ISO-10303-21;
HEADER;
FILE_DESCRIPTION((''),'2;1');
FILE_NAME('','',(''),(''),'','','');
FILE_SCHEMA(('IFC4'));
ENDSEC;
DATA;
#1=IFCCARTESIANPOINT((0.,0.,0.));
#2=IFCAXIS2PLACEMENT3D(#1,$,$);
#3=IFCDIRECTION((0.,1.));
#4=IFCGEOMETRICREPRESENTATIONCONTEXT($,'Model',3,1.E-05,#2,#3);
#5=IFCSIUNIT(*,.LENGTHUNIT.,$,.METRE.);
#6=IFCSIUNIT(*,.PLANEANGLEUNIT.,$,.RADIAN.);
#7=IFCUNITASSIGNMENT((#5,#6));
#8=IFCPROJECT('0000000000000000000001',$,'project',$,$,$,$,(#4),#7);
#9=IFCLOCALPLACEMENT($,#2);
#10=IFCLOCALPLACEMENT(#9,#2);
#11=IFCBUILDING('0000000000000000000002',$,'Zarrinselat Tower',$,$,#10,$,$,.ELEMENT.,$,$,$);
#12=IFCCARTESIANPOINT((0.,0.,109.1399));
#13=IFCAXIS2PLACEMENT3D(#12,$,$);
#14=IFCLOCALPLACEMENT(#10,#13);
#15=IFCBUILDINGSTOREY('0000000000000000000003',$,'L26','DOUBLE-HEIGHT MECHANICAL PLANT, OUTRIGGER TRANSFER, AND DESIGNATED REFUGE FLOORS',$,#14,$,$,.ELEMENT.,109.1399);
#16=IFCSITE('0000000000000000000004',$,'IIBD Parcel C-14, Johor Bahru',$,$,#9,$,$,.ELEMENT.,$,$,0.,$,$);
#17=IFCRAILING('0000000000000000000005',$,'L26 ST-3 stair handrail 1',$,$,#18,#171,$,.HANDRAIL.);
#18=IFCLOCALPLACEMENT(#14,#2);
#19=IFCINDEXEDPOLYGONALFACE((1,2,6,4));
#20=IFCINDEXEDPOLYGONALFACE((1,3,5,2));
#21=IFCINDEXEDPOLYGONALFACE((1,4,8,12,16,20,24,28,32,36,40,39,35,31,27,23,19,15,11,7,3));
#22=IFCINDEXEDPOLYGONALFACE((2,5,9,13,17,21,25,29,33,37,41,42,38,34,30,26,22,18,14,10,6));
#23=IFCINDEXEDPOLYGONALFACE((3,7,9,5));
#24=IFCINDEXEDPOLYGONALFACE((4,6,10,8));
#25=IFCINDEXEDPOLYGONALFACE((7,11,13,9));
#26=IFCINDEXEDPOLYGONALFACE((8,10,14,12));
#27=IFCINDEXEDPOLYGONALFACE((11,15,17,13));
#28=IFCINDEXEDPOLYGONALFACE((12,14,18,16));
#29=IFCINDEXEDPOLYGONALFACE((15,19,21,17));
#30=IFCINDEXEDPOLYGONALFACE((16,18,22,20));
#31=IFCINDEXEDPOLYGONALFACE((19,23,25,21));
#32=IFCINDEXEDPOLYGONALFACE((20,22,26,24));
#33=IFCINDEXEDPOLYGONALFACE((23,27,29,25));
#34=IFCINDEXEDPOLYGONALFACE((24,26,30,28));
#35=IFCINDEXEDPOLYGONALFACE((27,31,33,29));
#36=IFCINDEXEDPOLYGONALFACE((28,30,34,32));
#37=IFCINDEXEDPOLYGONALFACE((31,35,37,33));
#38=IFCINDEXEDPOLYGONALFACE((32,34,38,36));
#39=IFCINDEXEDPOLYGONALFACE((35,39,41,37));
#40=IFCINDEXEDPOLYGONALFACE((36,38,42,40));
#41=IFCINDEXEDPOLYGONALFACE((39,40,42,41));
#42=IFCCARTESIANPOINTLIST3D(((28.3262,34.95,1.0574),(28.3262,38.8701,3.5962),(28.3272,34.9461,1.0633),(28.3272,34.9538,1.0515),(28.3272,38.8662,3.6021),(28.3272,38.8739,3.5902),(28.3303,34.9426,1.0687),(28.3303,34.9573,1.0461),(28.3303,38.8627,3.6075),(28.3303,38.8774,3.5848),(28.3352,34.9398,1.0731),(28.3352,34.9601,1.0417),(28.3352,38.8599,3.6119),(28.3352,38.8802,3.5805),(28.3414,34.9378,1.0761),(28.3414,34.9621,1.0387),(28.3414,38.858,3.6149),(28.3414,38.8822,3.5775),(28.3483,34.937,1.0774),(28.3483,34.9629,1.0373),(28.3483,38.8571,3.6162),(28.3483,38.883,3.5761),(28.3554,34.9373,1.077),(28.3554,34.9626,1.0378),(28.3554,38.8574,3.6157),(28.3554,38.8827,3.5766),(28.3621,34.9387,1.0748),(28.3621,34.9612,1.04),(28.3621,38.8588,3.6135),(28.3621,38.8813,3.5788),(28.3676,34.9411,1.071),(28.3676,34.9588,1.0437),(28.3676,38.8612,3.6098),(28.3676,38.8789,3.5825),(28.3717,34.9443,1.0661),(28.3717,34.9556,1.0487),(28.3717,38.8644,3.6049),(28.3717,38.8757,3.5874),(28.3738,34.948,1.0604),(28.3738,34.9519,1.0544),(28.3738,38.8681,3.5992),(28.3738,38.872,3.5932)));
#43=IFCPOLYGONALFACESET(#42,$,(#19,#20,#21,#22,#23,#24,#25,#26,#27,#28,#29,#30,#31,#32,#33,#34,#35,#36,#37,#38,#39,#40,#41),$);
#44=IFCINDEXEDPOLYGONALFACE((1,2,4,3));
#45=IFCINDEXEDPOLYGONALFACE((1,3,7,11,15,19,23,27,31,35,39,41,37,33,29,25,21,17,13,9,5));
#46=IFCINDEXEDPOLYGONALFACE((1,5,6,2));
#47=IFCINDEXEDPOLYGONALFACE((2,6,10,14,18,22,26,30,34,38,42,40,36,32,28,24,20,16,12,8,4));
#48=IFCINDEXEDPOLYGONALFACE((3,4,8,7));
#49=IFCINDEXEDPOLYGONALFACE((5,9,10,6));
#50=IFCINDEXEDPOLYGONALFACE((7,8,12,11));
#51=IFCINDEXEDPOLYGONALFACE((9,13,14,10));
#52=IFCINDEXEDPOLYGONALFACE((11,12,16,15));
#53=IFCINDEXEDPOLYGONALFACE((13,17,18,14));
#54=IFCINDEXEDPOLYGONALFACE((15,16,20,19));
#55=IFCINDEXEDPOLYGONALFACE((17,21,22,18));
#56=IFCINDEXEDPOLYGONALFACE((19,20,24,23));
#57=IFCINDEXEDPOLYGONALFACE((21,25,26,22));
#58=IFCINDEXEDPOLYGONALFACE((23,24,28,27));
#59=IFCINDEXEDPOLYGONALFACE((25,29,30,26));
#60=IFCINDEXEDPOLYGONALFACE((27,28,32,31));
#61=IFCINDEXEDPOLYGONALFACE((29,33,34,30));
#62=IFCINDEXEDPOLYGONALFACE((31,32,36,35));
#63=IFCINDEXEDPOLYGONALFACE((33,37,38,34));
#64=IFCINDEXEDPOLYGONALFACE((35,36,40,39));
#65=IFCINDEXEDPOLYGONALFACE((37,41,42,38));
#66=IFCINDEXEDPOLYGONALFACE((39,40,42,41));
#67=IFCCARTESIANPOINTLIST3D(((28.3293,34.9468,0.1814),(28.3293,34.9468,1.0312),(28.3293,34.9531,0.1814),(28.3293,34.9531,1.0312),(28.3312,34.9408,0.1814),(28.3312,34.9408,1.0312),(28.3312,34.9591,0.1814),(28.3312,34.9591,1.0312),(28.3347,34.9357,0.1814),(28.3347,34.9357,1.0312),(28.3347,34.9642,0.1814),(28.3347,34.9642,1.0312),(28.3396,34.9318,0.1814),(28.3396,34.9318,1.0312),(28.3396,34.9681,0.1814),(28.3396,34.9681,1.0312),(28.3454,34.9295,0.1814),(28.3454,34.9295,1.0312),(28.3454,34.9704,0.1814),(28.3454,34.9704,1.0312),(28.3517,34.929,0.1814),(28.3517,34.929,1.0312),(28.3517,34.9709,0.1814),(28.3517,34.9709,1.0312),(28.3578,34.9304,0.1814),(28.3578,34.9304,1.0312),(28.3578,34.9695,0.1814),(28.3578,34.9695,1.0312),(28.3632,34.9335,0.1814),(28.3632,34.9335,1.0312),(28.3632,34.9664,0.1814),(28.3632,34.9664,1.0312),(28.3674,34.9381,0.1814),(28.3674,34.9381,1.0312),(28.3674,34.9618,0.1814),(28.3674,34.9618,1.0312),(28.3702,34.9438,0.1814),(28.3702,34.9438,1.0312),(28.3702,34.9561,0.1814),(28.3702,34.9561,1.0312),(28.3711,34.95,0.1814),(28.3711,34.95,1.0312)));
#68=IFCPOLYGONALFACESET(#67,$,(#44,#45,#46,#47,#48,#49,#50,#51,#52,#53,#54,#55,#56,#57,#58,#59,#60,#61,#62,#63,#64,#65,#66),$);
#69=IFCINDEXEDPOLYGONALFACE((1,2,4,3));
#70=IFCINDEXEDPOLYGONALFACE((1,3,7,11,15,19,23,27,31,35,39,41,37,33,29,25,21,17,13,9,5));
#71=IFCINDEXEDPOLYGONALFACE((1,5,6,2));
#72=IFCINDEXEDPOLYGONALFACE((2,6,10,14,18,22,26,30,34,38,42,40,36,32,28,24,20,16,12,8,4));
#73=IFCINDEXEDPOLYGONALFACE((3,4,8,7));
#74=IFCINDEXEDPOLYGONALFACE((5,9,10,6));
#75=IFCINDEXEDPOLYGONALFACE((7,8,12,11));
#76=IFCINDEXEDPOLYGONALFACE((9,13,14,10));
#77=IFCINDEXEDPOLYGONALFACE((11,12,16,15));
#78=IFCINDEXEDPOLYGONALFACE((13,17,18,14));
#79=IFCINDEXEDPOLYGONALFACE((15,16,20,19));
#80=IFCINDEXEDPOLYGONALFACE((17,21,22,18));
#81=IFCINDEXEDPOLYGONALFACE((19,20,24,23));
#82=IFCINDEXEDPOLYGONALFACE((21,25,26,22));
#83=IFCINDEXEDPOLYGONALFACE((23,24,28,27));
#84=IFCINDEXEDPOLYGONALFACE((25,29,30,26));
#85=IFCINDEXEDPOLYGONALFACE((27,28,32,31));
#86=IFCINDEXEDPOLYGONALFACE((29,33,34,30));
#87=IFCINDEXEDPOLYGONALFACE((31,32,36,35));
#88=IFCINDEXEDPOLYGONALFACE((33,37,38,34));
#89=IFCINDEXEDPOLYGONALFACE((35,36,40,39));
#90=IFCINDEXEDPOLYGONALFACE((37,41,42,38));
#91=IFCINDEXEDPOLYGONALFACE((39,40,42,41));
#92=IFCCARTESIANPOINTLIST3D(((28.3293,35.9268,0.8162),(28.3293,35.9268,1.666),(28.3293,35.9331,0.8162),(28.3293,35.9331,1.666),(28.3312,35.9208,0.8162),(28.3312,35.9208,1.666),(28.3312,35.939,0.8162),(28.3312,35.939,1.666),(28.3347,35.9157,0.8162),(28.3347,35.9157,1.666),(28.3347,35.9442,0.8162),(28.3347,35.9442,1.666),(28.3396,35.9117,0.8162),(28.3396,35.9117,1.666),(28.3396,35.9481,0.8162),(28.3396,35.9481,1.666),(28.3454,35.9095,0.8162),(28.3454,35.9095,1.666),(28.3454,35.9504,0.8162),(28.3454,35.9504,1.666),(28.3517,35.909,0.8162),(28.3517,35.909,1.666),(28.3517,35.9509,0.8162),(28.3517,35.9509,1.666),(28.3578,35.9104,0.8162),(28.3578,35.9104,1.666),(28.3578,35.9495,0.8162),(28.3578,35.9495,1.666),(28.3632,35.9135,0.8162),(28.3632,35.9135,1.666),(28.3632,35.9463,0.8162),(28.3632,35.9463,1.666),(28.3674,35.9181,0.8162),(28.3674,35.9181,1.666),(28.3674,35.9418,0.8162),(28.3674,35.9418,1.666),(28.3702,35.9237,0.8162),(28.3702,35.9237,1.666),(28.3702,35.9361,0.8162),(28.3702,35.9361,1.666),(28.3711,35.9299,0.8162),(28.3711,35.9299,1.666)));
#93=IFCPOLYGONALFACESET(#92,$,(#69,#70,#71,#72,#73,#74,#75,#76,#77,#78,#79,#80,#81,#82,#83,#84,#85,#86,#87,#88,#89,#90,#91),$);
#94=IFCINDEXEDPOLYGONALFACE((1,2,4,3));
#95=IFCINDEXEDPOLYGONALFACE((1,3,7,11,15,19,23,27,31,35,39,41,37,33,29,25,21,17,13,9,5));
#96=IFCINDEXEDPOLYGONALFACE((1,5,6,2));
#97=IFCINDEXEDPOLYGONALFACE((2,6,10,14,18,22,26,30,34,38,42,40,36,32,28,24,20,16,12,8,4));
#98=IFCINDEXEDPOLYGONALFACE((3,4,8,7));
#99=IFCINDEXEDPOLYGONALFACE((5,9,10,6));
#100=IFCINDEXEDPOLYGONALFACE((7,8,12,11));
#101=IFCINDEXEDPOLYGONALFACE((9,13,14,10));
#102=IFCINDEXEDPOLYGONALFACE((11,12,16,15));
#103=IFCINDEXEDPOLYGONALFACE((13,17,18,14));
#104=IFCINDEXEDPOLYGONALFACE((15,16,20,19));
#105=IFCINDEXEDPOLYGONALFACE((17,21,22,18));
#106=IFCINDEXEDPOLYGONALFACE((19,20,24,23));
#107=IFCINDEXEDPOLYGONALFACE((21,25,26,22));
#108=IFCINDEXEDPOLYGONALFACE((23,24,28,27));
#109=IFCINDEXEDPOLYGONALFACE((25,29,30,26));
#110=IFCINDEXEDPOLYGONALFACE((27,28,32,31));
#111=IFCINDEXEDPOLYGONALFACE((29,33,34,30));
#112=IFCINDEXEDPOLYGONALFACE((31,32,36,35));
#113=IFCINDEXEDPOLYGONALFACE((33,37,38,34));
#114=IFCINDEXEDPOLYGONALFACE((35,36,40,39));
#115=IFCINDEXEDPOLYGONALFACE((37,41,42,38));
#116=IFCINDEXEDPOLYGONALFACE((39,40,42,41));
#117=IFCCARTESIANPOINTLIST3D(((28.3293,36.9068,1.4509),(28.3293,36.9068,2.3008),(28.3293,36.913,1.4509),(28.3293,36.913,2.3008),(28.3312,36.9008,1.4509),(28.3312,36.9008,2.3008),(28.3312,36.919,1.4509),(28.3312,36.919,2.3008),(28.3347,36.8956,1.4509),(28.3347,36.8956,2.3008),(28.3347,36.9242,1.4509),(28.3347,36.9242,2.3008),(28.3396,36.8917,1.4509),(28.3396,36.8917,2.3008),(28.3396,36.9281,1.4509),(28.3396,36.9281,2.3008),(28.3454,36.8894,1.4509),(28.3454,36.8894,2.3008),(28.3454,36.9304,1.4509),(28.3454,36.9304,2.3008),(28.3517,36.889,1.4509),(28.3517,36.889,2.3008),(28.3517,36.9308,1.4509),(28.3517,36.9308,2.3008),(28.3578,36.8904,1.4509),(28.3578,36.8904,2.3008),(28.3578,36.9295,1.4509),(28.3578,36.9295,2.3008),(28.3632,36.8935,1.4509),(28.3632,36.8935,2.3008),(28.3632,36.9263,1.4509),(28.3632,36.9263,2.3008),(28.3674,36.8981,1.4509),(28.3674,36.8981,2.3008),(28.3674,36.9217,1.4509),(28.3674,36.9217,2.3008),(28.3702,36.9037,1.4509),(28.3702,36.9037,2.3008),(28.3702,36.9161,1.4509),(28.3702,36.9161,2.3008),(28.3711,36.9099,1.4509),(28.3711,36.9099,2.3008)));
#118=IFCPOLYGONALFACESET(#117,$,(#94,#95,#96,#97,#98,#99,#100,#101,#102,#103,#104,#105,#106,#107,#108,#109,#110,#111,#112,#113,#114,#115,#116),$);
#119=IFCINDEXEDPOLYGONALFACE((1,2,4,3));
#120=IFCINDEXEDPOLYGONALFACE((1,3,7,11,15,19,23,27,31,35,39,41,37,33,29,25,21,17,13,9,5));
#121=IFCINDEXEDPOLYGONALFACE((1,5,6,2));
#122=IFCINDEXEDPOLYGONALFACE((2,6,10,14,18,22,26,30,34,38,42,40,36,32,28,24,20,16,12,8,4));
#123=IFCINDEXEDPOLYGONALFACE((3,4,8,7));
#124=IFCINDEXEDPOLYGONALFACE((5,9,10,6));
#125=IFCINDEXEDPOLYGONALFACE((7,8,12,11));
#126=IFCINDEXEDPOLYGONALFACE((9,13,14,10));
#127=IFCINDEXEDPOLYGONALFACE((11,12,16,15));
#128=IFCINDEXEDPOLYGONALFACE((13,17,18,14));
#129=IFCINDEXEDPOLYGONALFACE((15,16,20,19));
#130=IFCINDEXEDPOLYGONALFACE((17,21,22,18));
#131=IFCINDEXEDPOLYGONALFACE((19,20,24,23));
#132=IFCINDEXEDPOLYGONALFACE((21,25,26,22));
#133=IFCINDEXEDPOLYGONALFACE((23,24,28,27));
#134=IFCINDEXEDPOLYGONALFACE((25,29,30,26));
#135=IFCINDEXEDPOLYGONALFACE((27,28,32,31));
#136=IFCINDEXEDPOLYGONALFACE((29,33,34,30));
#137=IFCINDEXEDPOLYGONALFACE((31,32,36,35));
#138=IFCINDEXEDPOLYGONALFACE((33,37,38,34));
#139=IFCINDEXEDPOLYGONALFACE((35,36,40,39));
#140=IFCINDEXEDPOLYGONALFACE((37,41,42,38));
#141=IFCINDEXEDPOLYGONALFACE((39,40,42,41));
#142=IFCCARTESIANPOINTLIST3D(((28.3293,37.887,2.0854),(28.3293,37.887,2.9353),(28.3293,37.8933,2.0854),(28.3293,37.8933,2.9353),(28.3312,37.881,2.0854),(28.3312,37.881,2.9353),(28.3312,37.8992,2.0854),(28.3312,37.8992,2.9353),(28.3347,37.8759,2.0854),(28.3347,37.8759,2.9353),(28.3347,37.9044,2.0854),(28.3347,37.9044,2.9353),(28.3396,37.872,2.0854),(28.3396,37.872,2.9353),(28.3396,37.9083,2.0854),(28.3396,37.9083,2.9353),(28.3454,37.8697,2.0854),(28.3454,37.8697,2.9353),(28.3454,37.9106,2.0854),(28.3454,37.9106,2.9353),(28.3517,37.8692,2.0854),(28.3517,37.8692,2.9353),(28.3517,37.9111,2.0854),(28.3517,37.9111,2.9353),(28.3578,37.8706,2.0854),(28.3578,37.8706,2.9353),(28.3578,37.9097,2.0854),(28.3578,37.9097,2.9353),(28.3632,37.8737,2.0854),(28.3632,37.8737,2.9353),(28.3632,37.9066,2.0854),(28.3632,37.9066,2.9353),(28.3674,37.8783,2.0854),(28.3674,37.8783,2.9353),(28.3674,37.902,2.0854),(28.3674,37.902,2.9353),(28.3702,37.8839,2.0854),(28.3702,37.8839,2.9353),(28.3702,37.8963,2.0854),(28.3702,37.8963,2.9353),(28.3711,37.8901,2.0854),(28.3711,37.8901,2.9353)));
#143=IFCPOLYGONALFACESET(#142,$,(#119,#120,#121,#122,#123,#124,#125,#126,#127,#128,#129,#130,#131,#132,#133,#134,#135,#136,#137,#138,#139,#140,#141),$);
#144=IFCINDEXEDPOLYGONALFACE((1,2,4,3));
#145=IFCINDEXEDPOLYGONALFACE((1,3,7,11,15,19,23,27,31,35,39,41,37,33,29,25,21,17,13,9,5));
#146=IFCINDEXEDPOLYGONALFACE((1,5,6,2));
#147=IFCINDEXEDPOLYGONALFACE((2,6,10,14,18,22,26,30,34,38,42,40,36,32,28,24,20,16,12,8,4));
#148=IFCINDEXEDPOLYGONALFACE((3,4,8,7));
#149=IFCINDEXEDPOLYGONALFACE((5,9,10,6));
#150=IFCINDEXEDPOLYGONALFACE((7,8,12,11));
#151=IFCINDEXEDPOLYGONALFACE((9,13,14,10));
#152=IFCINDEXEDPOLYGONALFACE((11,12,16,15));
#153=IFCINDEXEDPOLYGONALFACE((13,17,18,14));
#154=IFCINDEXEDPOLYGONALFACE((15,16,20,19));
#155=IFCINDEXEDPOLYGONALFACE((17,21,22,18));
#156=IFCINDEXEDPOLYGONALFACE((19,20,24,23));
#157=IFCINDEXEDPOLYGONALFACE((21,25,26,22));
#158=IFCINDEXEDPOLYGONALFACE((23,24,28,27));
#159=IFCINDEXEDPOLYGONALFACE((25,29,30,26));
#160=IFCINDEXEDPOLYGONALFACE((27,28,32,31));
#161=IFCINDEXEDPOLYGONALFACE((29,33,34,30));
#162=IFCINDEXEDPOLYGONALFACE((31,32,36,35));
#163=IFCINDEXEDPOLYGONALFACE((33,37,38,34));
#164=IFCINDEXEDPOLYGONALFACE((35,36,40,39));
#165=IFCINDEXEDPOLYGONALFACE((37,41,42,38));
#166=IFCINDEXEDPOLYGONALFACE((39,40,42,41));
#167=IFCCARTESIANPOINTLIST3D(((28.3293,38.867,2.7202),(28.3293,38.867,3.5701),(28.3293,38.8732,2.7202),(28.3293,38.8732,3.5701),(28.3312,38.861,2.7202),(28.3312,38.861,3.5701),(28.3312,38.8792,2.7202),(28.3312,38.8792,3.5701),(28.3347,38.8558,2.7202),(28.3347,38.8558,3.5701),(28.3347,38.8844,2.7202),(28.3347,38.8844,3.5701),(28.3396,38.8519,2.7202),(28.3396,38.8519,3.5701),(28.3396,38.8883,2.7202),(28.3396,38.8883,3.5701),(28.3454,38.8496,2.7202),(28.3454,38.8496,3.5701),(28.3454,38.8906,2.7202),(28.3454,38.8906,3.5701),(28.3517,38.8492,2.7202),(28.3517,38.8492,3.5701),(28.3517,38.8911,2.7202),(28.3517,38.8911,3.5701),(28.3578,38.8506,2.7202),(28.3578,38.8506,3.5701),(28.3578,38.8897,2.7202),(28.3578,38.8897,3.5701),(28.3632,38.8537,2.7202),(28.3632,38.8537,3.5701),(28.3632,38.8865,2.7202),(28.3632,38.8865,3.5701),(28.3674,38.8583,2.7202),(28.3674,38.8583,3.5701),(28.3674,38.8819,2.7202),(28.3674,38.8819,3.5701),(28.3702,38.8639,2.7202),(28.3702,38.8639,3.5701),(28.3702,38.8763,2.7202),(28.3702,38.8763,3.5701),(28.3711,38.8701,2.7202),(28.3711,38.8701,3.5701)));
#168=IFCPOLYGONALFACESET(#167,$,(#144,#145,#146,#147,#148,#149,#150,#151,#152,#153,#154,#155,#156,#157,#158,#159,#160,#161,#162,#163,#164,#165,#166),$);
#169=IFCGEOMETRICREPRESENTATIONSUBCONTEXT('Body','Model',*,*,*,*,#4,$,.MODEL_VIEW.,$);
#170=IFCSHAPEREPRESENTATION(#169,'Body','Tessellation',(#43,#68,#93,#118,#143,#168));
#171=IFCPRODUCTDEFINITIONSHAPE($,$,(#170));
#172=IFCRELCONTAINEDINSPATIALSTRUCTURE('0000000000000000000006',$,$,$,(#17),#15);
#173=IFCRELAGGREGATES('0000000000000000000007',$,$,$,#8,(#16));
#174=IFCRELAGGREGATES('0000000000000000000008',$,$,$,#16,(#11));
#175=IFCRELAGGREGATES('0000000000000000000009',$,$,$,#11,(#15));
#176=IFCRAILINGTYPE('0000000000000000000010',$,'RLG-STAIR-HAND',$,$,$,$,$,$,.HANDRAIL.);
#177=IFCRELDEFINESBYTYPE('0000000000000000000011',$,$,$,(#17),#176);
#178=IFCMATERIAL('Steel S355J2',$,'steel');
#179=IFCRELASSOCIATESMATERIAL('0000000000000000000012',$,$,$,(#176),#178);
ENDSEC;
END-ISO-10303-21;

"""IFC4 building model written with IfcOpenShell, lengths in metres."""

from ifc_helpers import new_model, si_unit, direction, frame, origin, origin_2d, place, context, subcontext, project, spatial, circle, extrude, material, type_object, element, save


model = new_model("IFC4")

# Units and contexts
model_context = context("Model", 3, precision=1e-05, world=origin(), true_north=direction((0.0, 1.0)))
body_context = subcontext(model_context, "Body", "Model", "MODEL_VIEW")
ifc_project = project(units=[si_unit("LENGTHUNIT", "METRE"), si_unit("PLANEANGLEUNIT", "RADIAN")], contexts=[model_context])

# Site, building, storey
site_placement = place(None, origin())
site = spatial("IfcSite", under=ifc_project, at=site_placement, Name="IIBD Parcel C-14, Johor Bahru", CompositionType="ELEMENT", RefElevation=0.0)
building_placement = place(site_placement, origin())
building = spatial("IfcBuilding", under=site, at=building_placement, Name="Zarrinselat Tower", CompositionType="ELEMENT")
storey_placement = place(building_placement, frame((0.0, 0.0, 109.1399)))
storey = spatial("IfcBuildingStorey", under=building, at=storey_placement, Name="L26", Description="DOUBLE-HEIGHT MECHANICAL PLANT, OUTRIGGER TRANSFER, AND DESIGNATED REFUGE FLOORS", CompositionType="ELEMENT", Elevation=109.1399)

# Railing
ifc_material_1 = material(Name="Steel S355J2", Category="steel")
railing_type_1 = type_object("IfcRailingType", Name="RLG-STAIR-HAND", PredefinedType="HANDRAIL", material=ifc_material_1)
railing_1_placement = place(storey_placement, frame((28.3501, 34.95, 0.1814)))
element("IfcRailing", 1, at=railing_1_placement, inside=storey, type_object=railing_type_1, Name="L26 ST-3 stair handrail 1", PredefinedType="HANDRAIL", context=body_context, shape_type="SweptSolid", body=[
    extrude(circle(Radius=0.0239, at=origin_2d()), frame((0.0, 0.0, 0.876), z_axis=(0.0, 0.839351, 0.543589), x_axis=(-1.0, 0.0, 0.0)), (0.0, 0.0, 1.0), 4.6704),
    extrude(circle(Radius=0.021, at=origin_2d()), origin(), (0.0, 0.0, 1.0), 0.8499),
    extrude(circle(Radius=0.021, at=origin_2d()), frame((0.0, 0.98, 0.6348)), (0.0, 0.0, 1.0), 0.8499),
    extrude(circle(Radius=0.021, at=origin_2d()), frame((0.0, 1.96, 1.2695)), (0.0, 0.0, 1.0), 0.8499),
    extrude(circle(Radius=0.021, at=origin_2d()), frame((0.0, 2.9402, 1.9041)), (0.0, 0.0, 1.0), 0.8499),
    extrude(circle(Radius=0.021, at=origin_2d()), frame((0.0, 3.9202, 2.5388)), (0.0, 0.0, 1.0), 0.8499),
])

save(model, "model.ifc")
